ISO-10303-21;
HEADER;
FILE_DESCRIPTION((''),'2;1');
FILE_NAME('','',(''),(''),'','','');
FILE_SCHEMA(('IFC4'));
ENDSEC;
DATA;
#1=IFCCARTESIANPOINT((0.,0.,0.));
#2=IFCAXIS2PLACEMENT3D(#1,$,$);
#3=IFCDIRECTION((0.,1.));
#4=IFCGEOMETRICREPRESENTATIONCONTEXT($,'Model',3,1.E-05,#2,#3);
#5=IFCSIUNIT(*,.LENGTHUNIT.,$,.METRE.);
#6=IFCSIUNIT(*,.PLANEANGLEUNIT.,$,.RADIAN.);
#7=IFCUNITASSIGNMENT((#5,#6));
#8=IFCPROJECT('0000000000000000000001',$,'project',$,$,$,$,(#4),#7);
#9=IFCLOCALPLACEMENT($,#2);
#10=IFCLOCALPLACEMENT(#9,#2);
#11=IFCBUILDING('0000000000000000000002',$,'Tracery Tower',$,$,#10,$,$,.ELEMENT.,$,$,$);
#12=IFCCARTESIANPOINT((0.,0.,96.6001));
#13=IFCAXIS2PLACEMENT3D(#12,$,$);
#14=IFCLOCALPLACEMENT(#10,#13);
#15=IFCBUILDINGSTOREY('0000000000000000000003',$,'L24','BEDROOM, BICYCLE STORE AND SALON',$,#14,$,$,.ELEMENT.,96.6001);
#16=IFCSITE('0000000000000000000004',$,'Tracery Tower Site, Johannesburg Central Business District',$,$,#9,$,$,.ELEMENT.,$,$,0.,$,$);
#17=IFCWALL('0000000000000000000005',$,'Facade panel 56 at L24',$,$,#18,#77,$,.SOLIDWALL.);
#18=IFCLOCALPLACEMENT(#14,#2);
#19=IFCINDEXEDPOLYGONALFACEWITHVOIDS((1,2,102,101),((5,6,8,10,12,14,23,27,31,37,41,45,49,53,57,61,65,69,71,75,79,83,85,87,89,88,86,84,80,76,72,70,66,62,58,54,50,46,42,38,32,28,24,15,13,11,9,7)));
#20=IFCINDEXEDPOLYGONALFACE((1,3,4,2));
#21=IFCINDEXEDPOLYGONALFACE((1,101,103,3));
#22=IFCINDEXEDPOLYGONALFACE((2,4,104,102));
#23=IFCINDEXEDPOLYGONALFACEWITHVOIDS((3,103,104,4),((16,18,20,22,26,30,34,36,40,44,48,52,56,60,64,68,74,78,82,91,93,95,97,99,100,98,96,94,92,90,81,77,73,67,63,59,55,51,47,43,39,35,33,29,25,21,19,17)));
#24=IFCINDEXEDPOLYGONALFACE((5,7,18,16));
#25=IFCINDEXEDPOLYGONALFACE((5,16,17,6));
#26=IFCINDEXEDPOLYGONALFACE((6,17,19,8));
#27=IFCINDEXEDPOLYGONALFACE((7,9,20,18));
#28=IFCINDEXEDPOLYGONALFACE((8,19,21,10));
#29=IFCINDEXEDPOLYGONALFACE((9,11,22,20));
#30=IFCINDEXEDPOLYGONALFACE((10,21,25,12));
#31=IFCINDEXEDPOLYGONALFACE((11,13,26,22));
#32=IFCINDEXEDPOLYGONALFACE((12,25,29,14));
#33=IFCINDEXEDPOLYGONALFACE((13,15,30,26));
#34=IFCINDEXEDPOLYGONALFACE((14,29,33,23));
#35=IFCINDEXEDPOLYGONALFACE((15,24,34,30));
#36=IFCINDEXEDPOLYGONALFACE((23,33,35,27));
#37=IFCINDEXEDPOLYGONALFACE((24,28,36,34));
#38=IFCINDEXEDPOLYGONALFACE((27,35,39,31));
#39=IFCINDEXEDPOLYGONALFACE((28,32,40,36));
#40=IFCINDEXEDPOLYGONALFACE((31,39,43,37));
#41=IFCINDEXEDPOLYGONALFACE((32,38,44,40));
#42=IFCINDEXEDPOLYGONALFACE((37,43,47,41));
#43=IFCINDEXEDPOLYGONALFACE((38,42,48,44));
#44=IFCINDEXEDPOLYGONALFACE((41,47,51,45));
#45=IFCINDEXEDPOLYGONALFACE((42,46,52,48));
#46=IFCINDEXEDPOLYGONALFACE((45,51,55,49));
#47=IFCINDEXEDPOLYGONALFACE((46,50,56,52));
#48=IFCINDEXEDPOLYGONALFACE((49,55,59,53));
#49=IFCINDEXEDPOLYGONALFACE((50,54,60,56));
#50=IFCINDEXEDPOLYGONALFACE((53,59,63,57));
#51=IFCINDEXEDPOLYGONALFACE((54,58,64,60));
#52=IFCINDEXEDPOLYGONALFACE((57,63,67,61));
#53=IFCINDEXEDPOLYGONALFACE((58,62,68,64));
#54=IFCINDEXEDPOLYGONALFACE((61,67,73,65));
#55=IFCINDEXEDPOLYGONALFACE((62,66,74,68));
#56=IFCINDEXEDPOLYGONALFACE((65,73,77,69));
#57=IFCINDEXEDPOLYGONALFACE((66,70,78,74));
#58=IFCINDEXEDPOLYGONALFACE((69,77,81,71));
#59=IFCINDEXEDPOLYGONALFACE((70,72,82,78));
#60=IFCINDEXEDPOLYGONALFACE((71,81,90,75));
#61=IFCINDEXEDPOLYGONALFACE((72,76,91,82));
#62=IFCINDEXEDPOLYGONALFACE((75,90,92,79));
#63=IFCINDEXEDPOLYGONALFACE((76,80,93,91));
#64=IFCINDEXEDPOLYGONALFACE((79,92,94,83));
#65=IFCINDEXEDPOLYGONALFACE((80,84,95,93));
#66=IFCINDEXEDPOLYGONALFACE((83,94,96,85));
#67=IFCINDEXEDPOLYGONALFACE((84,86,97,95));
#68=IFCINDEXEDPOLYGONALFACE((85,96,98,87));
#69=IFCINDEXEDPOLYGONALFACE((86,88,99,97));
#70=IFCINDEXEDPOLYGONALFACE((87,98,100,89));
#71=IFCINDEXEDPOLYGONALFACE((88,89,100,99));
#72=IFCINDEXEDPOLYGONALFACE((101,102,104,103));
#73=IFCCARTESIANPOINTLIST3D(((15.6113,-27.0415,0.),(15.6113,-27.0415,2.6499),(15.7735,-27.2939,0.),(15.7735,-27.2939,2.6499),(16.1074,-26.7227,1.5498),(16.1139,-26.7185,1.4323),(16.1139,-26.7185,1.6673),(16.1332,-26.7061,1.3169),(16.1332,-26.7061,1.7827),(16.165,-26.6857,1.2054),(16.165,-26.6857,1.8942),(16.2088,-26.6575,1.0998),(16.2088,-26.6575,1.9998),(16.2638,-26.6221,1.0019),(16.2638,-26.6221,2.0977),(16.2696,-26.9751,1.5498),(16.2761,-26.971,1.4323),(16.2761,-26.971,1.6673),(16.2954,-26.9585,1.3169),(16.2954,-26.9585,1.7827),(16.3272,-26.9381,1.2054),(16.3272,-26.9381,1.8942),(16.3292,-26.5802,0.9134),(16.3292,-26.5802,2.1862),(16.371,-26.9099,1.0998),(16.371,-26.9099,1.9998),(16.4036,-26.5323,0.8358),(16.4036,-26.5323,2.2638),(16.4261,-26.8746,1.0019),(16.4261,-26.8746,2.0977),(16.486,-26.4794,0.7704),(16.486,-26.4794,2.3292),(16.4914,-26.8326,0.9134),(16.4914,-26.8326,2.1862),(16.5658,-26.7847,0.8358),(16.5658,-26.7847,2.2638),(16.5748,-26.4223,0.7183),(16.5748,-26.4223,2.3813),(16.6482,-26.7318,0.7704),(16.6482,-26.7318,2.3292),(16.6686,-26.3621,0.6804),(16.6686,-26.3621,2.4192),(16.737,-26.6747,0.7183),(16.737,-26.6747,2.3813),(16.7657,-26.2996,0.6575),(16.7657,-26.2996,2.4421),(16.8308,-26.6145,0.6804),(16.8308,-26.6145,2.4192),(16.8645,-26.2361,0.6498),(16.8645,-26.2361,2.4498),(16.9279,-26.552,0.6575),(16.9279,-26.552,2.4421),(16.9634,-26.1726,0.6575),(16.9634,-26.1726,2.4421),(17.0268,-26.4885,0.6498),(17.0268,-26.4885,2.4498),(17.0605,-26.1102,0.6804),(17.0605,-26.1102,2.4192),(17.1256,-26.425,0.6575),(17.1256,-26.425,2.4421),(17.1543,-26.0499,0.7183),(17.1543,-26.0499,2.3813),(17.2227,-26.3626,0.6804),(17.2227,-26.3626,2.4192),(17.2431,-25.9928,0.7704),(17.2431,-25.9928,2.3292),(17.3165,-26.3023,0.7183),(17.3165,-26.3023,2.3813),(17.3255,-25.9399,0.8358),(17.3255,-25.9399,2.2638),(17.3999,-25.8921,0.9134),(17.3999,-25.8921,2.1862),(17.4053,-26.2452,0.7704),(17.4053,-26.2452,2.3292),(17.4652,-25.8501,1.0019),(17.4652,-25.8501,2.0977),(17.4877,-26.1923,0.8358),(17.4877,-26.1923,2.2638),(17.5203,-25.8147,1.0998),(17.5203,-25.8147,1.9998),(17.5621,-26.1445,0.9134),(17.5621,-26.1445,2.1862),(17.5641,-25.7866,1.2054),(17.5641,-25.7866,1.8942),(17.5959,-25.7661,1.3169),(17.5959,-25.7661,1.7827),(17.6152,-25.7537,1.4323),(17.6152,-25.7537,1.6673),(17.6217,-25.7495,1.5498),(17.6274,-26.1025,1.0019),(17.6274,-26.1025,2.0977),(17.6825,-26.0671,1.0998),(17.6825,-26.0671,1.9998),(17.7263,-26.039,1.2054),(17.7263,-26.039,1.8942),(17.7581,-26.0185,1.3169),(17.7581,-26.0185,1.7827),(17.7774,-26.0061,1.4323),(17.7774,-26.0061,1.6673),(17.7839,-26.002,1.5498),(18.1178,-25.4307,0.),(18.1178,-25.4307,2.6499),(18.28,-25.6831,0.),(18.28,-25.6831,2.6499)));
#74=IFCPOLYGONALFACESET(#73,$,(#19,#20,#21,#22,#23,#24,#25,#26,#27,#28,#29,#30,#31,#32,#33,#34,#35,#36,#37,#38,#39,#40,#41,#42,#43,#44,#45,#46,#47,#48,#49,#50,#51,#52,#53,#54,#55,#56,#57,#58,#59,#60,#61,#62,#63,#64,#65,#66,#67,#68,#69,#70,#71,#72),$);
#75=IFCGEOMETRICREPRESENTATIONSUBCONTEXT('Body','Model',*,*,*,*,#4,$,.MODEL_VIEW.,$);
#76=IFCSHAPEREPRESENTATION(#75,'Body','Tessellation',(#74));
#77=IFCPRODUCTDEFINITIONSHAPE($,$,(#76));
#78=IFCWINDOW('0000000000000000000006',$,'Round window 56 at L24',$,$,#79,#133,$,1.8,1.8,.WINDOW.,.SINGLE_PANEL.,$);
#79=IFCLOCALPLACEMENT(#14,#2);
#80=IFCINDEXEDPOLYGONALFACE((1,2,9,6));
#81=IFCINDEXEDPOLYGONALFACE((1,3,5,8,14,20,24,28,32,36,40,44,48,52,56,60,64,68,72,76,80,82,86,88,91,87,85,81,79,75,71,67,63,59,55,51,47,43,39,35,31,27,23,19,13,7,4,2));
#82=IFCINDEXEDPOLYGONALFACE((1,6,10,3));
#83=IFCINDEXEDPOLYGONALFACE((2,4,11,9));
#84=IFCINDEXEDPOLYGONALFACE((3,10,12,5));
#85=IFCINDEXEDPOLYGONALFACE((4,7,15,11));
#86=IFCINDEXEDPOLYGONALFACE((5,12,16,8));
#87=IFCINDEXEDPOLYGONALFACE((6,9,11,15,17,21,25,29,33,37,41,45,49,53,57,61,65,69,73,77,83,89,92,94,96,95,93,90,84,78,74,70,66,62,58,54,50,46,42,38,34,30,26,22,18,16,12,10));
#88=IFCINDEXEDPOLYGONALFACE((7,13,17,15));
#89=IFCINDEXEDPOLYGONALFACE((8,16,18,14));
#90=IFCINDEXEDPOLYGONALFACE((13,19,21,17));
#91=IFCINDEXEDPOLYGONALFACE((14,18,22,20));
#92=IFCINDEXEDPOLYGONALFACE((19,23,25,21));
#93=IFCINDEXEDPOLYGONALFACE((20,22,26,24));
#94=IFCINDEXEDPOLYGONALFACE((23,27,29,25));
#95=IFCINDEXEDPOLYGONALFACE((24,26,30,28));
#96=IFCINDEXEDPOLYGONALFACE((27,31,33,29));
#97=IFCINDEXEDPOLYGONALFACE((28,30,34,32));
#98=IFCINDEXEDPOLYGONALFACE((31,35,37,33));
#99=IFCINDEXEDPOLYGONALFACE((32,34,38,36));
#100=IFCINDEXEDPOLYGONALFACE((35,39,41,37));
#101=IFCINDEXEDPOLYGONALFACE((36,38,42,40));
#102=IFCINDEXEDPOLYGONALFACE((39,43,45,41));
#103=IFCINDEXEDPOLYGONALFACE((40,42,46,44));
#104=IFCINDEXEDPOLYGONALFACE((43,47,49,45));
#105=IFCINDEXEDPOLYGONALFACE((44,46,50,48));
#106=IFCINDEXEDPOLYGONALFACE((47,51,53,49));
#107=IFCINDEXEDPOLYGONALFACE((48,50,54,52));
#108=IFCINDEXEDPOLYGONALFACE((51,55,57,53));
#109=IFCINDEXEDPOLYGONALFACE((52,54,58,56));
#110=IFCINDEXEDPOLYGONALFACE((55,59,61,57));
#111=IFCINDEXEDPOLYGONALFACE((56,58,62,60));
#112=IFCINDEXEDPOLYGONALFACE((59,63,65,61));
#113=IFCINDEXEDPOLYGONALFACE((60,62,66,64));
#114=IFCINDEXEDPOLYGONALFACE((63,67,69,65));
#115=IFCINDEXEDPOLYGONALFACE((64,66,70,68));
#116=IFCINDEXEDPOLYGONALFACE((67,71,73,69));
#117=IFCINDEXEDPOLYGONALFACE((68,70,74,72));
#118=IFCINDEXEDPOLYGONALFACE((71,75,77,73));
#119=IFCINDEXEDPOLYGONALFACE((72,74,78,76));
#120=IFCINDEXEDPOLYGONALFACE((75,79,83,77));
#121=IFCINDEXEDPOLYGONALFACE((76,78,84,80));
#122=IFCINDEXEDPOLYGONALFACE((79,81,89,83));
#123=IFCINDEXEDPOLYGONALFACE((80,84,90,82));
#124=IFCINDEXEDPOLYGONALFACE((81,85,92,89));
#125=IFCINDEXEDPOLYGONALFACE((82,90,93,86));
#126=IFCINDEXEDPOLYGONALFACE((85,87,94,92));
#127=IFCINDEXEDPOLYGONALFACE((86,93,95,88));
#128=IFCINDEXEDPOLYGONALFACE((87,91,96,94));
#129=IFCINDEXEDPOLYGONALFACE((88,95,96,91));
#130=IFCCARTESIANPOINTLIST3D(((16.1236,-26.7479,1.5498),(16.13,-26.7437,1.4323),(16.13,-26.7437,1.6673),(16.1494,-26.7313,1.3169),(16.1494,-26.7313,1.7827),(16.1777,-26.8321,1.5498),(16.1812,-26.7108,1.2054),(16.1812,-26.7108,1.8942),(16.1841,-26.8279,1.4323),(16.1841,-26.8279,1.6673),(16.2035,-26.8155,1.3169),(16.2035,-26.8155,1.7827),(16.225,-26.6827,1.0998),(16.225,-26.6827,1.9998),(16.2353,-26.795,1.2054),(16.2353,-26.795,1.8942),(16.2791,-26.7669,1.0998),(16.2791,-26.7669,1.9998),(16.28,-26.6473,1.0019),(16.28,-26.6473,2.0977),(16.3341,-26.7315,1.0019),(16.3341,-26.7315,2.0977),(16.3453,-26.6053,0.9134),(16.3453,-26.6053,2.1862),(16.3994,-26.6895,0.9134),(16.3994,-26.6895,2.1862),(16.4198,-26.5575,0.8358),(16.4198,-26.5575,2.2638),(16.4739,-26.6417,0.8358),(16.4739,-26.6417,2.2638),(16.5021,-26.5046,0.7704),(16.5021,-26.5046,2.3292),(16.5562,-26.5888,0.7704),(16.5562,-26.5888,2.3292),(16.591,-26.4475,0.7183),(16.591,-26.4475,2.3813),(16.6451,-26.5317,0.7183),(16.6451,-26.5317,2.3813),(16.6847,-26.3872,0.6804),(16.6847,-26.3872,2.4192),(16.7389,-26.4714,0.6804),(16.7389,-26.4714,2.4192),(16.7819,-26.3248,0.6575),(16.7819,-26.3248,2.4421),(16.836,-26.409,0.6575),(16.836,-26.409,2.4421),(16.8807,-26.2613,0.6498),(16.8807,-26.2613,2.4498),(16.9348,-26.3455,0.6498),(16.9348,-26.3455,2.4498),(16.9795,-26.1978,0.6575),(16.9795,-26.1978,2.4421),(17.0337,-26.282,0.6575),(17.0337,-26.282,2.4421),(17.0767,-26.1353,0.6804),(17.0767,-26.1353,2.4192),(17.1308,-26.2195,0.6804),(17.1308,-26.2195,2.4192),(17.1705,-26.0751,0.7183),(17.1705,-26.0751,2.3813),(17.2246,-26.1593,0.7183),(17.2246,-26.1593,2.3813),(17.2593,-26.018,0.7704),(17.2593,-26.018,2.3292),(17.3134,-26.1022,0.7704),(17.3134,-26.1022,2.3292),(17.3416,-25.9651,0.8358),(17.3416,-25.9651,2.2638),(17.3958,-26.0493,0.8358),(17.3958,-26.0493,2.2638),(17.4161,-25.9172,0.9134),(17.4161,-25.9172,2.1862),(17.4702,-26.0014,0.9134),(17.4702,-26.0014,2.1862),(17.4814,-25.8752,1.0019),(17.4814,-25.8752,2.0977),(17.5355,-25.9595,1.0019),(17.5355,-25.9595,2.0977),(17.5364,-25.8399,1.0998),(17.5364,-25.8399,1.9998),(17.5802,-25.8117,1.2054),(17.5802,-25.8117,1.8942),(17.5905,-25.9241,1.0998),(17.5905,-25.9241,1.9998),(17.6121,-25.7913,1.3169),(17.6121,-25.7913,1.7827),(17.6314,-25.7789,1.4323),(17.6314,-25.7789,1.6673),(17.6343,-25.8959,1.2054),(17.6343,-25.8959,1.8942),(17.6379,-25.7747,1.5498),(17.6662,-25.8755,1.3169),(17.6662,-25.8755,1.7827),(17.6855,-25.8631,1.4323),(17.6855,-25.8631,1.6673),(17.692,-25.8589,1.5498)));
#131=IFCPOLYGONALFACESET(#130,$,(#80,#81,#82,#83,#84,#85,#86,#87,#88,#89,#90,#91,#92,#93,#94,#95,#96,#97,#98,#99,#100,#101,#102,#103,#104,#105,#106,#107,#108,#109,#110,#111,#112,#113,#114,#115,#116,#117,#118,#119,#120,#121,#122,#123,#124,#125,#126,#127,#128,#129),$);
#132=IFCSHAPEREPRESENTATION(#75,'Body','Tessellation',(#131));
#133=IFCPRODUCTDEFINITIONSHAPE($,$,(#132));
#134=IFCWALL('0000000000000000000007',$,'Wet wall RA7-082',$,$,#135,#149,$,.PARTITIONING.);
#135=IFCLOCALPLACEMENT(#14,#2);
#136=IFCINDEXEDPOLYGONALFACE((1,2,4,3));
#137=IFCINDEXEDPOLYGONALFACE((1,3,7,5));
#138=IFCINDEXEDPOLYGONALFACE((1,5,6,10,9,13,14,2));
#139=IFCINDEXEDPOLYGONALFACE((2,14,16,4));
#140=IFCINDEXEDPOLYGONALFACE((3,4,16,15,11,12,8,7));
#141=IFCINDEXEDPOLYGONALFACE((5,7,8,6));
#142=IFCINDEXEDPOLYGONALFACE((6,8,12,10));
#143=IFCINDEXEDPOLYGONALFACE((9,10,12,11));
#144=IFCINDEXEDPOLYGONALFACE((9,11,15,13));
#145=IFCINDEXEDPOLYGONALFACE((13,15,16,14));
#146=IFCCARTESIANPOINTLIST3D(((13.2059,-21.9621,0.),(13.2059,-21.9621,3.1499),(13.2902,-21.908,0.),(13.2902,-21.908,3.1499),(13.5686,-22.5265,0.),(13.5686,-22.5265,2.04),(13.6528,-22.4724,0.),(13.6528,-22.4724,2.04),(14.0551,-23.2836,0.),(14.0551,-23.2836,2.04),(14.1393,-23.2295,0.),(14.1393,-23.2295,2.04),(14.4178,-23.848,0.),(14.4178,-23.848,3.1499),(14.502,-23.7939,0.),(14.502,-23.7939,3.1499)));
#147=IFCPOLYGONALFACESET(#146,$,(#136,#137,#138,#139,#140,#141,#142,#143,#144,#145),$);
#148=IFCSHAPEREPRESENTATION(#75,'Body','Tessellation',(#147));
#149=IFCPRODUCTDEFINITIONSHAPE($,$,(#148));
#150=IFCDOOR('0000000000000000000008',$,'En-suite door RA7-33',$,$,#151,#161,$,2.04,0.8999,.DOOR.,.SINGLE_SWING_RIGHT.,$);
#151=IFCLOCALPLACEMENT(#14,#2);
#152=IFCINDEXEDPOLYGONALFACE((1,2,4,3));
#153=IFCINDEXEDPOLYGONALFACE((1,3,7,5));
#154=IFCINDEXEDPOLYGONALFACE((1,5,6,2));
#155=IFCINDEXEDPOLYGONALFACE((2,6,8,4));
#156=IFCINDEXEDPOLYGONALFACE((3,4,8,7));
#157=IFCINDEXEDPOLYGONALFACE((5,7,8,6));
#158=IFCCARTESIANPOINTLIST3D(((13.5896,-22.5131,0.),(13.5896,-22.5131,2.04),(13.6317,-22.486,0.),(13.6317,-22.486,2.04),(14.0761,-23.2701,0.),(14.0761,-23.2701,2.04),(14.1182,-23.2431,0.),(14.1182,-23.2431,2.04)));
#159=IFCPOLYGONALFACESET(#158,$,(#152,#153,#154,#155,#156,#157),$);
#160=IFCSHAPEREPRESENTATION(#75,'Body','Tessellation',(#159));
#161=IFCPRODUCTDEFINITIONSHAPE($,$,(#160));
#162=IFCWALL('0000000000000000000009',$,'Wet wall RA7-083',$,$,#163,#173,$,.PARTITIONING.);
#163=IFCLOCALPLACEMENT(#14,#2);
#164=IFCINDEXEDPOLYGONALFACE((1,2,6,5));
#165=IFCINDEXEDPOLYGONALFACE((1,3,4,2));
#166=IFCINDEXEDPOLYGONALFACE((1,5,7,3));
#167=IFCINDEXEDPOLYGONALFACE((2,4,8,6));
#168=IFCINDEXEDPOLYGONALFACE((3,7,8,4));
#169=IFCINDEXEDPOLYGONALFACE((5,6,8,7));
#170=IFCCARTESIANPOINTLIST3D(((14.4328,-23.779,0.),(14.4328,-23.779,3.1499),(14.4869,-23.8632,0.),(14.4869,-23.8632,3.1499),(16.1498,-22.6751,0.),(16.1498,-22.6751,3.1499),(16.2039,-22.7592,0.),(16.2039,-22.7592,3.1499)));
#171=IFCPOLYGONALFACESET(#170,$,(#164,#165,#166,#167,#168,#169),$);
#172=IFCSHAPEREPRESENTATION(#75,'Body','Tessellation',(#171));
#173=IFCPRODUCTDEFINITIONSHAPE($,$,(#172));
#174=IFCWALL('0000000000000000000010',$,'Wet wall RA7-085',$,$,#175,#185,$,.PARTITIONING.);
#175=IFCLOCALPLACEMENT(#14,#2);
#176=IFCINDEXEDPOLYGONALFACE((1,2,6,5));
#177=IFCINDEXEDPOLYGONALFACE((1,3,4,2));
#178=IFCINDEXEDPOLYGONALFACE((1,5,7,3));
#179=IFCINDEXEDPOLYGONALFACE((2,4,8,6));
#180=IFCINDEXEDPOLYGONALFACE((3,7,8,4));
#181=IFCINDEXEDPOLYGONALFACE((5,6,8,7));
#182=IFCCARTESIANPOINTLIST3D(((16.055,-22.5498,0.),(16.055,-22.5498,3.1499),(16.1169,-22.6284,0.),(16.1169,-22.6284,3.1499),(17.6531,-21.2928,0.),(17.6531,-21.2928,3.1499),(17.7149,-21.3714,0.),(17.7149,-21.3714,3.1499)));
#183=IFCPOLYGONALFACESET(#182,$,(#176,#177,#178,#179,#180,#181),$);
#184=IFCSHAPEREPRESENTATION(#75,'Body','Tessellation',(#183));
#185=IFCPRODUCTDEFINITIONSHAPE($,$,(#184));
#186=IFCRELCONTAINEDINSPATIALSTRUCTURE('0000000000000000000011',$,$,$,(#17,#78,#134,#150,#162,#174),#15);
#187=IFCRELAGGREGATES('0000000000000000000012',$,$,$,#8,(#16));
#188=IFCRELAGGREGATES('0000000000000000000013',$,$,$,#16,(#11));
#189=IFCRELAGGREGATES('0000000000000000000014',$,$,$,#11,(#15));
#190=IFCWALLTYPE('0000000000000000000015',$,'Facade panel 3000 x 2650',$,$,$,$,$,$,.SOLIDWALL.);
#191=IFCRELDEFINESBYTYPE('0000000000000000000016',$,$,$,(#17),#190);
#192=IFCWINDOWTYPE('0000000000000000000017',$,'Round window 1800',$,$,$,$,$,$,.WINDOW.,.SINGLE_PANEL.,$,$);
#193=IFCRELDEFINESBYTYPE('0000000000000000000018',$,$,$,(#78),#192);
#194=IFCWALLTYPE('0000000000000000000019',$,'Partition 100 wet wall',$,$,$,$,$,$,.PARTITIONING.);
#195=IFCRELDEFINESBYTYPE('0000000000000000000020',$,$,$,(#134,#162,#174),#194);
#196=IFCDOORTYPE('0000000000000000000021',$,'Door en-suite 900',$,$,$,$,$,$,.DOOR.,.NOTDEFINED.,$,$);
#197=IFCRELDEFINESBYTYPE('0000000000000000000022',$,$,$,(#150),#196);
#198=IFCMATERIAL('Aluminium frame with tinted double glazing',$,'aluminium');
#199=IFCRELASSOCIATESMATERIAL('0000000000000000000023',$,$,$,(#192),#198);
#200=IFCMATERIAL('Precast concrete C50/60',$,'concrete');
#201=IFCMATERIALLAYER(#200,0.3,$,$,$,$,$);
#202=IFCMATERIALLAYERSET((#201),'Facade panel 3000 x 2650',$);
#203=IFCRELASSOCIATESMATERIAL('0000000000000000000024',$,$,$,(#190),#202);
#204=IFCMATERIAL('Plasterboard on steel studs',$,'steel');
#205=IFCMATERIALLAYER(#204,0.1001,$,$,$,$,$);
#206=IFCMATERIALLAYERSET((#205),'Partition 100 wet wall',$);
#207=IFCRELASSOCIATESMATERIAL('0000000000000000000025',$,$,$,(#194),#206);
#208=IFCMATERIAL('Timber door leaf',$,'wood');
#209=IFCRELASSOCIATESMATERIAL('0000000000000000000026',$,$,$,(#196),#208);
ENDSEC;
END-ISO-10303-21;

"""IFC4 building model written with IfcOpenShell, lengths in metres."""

from ifc_helpers import new_model, si_unit, direction, frame, frame_2d, origin, origin_2d, place, context, subcontext, project, spatial, rectangle, circle, extrude, material, layer, layer_set, type_object, element, fill, save


model = new_model("IFC4")

# Units and contexts
model_context = context("Model", 3, precision=1e-05, world=origin(), true_north=direction((0.0, 1.0)))
body_context = subcontext(model_context, "Body", "Model", "MODEL_VIEW")
ifc_project = project(units=[si_unit("LENGTHUNIT", "METRE"), si_unit("PLANEANGLEUNIT", "RADIAN")], contexts=[model_context])

# Site, building, storey
site_placement = place(None, origin())
site = spatial("IfcSite", under=ifc_project, at=site_placement, Name="Tracery Tower Site, Johannesburg Central Business District", CompositionType="ELEMENT", RefElevation=0.0)
building_placement = place(site_placement, origin())
building = spatial("IfcBuilding", under=site, at=building_placement, Name="Tracery Tower", CompositionType="ELEMENT")
storey_placement = place(building_placement, frame((0.0, 0.0, 96.6001)))
storey = spatial("IfcBuildingStorey", under=building, at=storey_placement, Name="L24", Description="BEDROOM, BICYCLE STORE AND SALON", CompositionType="ELEMENT", Elevation=96.6001)

# Wall, opening, window
ifc_material_1 = material(Name="Aluminium frame with tinted double glazing", Category="aluminium")
window_type = type_object("IfcWindowType", Name="Round window 1800", PartitioningType="SINGLE_PANEL", PredefinedType="WINDOW", material=ifc_material_1)
ifc_material_2 = material(Name="Precast concrete C50/60", Category="concrete")
ifc_layer_1 = layer(ifc_material_2, 0.3)
ifc_layer_set_1 = layer_set([ifc_layer_1], Name="Facade panel 3000 x 2650")
wall_type_1 = type_object("IfcWallType", Name="Facade panel 3000 x 2650", PredefinedType="SOLIDWALL", material=ifc_layer_set_1)
wall_1_placement = place(storey_placement, frame((15.6924, -27.1677, 0.0), z_axis=(0.0, 0.0, 1.0), x_axis=(0.841261, 0.540629, 0.0)))
wall_1 = element("IfcWall", 1, at=wall_1_placement, inside=storey, type_object=wall_type_1, Name="Facade panel 56 at L24", PredefinedType="SOLIDWALL", context=body_context, shape_type="SweptSolid", body=[
    extrude(rectangle(XDim=2.9795, YDim=0.3, at=frame_2d((1.4897, 0.0))), origin(), (0.0, 0.0, 1.0), 2.6499),
])
opening_1_placement = place(wall_1_placement, frame((1.4897, 0.0, 1.5498)))
opening_1 = element("IfcOpeningElement", 2, at=opening_1_placement, cuts=wall_1, PredefinedType="OPENING", context=body_context, shape_type="SweptSolid", body=[
    extrude(circle(Radius=0.9, at=origin_2d()), frame((0.0, 0.1599, 0.0), z_axis=(0.0, -1.0, 0.0), x_axis=(1.0, 0.0, 0.0)), (0.0, 0.0, 1.0), 0.3201),
])
window_1_placement = place(opening_1_placement, origin())
window_1 = element("IfcWindow", 3, at=window_1_placement, inside=storey, type_object=window_type, Name="Round window 56 at L24", OverallHeight=1.8, OverallWidth=1.8, PartitioningType="SINGLE_PANEL", PredefinedType="WINDOW", context=body_context, shape_type="SweptSolid", body=[
    extrude(circle(Radius=0.9, at=origin_2d()), frame((0.0, 0.1201, 0.0), z_axis=(0.0, -1.0, 0.0), x_axis=(1.0, 0.0, 0.0)), (0.0, 0.0, 1.0), 0.1001),
])
fill(opening_1, window_1)

# Wall, opening, door
ifc_material_3 = material(Name="Plasterboard on steel studs", Category="steel")
ifc_layer_2 = layer(ifc_material_3, 0.1001)
ifc_layer_set_2 = layer_set([ifc_layer_2], Name="Partition 100 wet wall")
wall_type_2 = type_object("IfcWallType", Name="Partition 100 wet wall", PredefinedType="PARTITIONING", material=ifc_layer_set_2)
wall_2_placement = place(storey_placement, frame((13.248, -21.9351, 0.0), z_axis=(0.0, 0.0, 1.0), x_axis=(0.540598, -0.841281, 0.0)))
wall_2 = element("IfcWall", 4, at=wall_2_placement, inside=storey, type_object=wall_type_2, Name="Wet wall RA7-082", PredefinedType="PARTITIONING", context=body_context, shape_type="SweptSolid", body=[
    extrude(rectangle(XDim=2.2417, YDim=0.1001, at=frame_2d((1.1208, 0.0))), origin(), (0.0, 0.0, 1.0), 3.1499),
])
opening_2_placement = place(wall_2_placement, frame((0.6709, 0.0, 0.0)))
opening_2 = element("IfcOpeningElement", 5, at=opening_2_placement, cuts=wall_2, PredefinedType="OPENING", context=body_context, shape_type="SweptSolid", body=[
    extrude(rectangle(XDim=0.8999, YDim=2.04, at=frame_2d((0.45, 1.02))), frame((0.0, 0.05, 0.0), z_axis=(0.0, -1.0, 0.0), x_axis=(1.0, 0.0, 0.0)), (0.0, 0.0, 1.0), 0.1001),
])
ifc_material_4 = material(Name="Timber door leaf", Category="wood")
door_type_1 = type_object("IfcDoorType", Name="Door en-suite 900", OperationType="NOTDEFINED", PredefinedType="DOOR", material=ifc_material_4)
door_1_placement = place(opening_2_placement, origin())
door_1 = element("IfcDoor", 6, at=door_1_placement, inside=storey, type_object=door_type_1, Name="En-suite door RA7-33", OperationType="SINGLE_SWING_RIGHT", OverallHeight=2.04, OverallWidth=0.8999, PredefinedType="DOOR", context=body_context, shape_type="SweptSolid", body=[
    extrude(rectangle(XDim=0.8999, YDim=2.04, at=frame_2d((0.45, 1.02))), frame((0.0, 0.0249, 0.0), z_axis=(0.0, -1.0, 0.0), x_axis=(1.0, 0.0, 0.0)), (0.0, 0.0, 1.0), 0.05),
])
fill(opening_2, door_1)

# Walls
wall_3_placement = place(storey_placement, frame((14.46, -23.821, 0.0), z_axis=(0.0, 0.0, 1.0), x_axis=(0.841136, 0.540824, 0.0)))
element("IfcWall", 7, at=wall_3_placement, inside=storey, type_object=wall_type_2, Name="Wet wall RA7-083", PredefinedType="PARTITIONING", context=body_context, shape_type="SweptSolid", body=[
    extrude(rectangle(XDim=2.0413, YDim=0.1001, at=frame_2d((1.0205, 0.0))), origin(), (0.0, 0.0, 1.0), 3.1499),
])
wall_4_placement = place(storey_placement, frame((16.0859, -22.5891, 0.0), z_axis=(0.0, 0.0, 1.0), x_axis=(0.785985, 0.618246, 0.0)))
element("IfcWall", 8, at=wall_4_placement, inside=storey, type_object=wall_type_2, Name="Wet wall RA7-085", PredefinedType="PARTITIONING", context=body_context, shape_type="SweptSolid", body=[
    extrude(rectangle(XDim=2.0332, YDim=0.1001, at=frame_2d((1.0166, 0.0))), origin(), (0.0, 0.0, 1.0), 3.1499),
])

save(model, "model.ifc")
